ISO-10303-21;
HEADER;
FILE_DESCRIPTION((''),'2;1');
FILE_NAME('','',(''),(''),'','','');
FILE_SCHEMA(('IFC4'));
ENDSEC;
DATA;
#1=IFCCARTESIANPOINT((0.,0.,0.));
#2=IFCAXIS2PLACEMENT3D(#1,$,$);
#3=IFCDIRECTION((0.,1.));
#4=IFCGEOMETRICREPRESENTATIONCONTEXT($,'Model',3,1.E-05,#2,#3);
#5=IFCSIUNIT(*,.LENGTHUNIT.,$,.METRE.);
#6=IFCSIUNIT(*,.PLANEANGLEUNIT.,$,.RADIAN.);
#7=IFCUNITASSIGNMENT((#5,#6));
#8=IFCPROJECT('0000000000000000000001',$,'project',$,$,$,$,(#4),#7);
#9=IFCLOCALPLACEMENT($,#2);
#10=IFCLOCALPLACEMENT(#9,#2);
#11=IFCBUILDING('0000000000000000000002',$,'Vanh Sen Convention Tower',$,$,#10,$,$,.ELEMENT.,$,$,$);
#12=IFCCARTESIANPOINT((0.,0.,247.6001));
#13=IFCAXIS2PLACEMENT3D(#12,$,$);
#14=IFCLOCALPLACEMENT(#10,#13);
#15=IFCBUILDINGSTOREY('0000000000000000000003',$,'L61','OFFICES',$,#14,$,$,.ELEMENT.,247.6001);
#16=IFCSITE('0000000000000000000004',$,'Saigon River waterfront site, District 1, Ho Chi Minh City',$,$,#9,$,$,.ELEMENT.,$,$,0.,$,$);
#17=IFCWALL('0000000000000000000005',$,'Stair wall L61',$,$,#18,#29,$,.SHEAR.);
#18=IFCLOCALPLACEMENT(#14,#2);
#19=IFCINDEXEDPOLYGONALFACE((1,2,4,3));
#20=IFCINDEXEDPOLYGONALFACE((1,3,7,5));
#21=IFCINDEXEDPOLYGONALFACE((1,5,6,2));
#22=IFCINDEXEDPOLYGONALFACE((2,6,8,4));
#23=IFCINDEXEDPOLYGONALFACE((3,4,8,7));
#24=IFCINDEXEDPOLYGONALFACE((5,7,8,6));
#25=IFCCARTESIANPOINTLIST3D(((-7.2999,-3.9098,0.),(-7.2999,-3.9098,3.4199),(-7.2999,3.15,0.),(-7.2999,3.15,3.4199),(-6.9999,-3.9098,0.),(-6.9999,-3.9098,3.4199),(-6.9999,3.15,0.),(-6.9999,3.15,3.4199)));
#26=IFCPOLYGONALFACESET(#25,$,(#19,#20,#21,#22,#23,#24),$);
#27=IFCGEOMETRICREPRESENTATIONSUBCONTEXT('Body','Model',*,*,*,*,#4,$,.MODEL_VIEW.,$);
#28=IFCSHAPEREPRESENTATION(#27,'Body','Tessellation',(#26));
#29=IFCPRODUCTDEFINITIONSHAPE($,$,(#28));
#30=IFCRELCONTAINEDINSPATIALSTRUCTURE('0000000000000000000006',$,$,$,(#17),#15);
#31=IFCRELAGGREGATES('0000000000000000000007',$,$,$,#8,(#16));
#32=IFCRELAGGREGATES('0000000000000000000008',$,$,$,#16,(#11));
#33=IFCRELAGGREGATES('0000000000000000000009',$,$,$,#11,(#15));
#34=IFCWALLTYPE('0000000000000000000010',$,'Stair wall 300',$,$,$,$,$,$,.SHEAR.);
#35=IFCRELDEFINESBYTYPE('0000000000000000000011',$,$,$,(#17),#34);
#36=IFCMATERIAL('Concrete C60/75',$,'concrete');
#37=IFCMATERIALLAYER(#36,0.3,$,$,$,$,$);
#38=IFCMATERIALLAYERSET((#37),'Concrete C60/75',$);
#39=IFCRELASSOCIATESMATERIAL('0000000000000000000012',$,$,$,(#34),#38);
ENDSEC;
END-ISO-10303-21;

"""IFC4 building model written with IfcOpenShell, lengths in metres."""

from ifc_helpers import new_model, si_unit, direction, frame, frame_2d, origin, place, context, subcontext, project, spatial, rectangle, extrude, material, layer, layer_set, type_object, element, save


model = new_model("IFC4")

# Units and contexts
model_context = context("Model", 3, precision=1e-05, world=origin(), true_north=direction((0.0, 1.0)))
body_context = subcontext(model_context, "Body", "Model", "MODEL_VIEW")
ifc_project = project(units=[si_unit("LENGTHUNIT", "METRE"), si_unit("PLANEANGLEUNIT", "RADIAN")], contexts=[model_context])

# Site, building, storey
site_placement = place(None, origin())
site = spatial("IfcSite", under=ifc_project, at=site_placement, Name="Saigon River waterfront site, District 1, Ho Chi Minh City", CompositionType="ELEMENT", RefElevation=0.0)
building_placement = place(site_placement, origin())
building = spatial("IfcBuilding", under=site, at=building_placement, Name="Vanh Sen Convention Tower", CompositionType="ELEMENT")
storey_placement = place(building_placement, frame((0.0, 0.0, 247.6001)))
storey = spatial("IfcBuildingStorey", under=building, at=storey_placement, Name="L61", Description="OFFICES", CompositionType="ELEMENT", Elevation=247.6001)

# Shared definitions
ifc_material_1 = material(Name="Concrete C60/75", Category="concrete")

# Shared definitions
ifc_layer_1 = layer(ifc_material_1, 0.3)
ifc_layer_set_1 = layer_set([ifc_layer_1], Name="Concrete C60/75")
wall_type_1 = type_object("IfcWallType", Name="Stair wall 300", PredefinedType="SHEAR", material=ifc_layer_set_1)

# Wall
for number, where, z_axis, x_axis, name in (
    (1, (-7.1499, 3.1499, 0.0), (0.0, 0.0, 1.0), (0.0, -1.0, 0.0), "Stair wall L61"),
):
    element("IfcWall", number, at=place(storey_placement, frame(where, z_axis=z_axis, x_axis=x_axis)), inside=storey, type_object=wall_type_1, Name=name, PredefinedType="SHEAR", context=body_context, shape_type="SweptSolid", body=[
        extrude(rectangle(XDim=7.0598, YDim=0.3, at=frame_2d((3.5298, 0.0))), origin(), (0.0, 0.0, 1.0), 3.4199),
    ])

save(model, "model.ifc")
